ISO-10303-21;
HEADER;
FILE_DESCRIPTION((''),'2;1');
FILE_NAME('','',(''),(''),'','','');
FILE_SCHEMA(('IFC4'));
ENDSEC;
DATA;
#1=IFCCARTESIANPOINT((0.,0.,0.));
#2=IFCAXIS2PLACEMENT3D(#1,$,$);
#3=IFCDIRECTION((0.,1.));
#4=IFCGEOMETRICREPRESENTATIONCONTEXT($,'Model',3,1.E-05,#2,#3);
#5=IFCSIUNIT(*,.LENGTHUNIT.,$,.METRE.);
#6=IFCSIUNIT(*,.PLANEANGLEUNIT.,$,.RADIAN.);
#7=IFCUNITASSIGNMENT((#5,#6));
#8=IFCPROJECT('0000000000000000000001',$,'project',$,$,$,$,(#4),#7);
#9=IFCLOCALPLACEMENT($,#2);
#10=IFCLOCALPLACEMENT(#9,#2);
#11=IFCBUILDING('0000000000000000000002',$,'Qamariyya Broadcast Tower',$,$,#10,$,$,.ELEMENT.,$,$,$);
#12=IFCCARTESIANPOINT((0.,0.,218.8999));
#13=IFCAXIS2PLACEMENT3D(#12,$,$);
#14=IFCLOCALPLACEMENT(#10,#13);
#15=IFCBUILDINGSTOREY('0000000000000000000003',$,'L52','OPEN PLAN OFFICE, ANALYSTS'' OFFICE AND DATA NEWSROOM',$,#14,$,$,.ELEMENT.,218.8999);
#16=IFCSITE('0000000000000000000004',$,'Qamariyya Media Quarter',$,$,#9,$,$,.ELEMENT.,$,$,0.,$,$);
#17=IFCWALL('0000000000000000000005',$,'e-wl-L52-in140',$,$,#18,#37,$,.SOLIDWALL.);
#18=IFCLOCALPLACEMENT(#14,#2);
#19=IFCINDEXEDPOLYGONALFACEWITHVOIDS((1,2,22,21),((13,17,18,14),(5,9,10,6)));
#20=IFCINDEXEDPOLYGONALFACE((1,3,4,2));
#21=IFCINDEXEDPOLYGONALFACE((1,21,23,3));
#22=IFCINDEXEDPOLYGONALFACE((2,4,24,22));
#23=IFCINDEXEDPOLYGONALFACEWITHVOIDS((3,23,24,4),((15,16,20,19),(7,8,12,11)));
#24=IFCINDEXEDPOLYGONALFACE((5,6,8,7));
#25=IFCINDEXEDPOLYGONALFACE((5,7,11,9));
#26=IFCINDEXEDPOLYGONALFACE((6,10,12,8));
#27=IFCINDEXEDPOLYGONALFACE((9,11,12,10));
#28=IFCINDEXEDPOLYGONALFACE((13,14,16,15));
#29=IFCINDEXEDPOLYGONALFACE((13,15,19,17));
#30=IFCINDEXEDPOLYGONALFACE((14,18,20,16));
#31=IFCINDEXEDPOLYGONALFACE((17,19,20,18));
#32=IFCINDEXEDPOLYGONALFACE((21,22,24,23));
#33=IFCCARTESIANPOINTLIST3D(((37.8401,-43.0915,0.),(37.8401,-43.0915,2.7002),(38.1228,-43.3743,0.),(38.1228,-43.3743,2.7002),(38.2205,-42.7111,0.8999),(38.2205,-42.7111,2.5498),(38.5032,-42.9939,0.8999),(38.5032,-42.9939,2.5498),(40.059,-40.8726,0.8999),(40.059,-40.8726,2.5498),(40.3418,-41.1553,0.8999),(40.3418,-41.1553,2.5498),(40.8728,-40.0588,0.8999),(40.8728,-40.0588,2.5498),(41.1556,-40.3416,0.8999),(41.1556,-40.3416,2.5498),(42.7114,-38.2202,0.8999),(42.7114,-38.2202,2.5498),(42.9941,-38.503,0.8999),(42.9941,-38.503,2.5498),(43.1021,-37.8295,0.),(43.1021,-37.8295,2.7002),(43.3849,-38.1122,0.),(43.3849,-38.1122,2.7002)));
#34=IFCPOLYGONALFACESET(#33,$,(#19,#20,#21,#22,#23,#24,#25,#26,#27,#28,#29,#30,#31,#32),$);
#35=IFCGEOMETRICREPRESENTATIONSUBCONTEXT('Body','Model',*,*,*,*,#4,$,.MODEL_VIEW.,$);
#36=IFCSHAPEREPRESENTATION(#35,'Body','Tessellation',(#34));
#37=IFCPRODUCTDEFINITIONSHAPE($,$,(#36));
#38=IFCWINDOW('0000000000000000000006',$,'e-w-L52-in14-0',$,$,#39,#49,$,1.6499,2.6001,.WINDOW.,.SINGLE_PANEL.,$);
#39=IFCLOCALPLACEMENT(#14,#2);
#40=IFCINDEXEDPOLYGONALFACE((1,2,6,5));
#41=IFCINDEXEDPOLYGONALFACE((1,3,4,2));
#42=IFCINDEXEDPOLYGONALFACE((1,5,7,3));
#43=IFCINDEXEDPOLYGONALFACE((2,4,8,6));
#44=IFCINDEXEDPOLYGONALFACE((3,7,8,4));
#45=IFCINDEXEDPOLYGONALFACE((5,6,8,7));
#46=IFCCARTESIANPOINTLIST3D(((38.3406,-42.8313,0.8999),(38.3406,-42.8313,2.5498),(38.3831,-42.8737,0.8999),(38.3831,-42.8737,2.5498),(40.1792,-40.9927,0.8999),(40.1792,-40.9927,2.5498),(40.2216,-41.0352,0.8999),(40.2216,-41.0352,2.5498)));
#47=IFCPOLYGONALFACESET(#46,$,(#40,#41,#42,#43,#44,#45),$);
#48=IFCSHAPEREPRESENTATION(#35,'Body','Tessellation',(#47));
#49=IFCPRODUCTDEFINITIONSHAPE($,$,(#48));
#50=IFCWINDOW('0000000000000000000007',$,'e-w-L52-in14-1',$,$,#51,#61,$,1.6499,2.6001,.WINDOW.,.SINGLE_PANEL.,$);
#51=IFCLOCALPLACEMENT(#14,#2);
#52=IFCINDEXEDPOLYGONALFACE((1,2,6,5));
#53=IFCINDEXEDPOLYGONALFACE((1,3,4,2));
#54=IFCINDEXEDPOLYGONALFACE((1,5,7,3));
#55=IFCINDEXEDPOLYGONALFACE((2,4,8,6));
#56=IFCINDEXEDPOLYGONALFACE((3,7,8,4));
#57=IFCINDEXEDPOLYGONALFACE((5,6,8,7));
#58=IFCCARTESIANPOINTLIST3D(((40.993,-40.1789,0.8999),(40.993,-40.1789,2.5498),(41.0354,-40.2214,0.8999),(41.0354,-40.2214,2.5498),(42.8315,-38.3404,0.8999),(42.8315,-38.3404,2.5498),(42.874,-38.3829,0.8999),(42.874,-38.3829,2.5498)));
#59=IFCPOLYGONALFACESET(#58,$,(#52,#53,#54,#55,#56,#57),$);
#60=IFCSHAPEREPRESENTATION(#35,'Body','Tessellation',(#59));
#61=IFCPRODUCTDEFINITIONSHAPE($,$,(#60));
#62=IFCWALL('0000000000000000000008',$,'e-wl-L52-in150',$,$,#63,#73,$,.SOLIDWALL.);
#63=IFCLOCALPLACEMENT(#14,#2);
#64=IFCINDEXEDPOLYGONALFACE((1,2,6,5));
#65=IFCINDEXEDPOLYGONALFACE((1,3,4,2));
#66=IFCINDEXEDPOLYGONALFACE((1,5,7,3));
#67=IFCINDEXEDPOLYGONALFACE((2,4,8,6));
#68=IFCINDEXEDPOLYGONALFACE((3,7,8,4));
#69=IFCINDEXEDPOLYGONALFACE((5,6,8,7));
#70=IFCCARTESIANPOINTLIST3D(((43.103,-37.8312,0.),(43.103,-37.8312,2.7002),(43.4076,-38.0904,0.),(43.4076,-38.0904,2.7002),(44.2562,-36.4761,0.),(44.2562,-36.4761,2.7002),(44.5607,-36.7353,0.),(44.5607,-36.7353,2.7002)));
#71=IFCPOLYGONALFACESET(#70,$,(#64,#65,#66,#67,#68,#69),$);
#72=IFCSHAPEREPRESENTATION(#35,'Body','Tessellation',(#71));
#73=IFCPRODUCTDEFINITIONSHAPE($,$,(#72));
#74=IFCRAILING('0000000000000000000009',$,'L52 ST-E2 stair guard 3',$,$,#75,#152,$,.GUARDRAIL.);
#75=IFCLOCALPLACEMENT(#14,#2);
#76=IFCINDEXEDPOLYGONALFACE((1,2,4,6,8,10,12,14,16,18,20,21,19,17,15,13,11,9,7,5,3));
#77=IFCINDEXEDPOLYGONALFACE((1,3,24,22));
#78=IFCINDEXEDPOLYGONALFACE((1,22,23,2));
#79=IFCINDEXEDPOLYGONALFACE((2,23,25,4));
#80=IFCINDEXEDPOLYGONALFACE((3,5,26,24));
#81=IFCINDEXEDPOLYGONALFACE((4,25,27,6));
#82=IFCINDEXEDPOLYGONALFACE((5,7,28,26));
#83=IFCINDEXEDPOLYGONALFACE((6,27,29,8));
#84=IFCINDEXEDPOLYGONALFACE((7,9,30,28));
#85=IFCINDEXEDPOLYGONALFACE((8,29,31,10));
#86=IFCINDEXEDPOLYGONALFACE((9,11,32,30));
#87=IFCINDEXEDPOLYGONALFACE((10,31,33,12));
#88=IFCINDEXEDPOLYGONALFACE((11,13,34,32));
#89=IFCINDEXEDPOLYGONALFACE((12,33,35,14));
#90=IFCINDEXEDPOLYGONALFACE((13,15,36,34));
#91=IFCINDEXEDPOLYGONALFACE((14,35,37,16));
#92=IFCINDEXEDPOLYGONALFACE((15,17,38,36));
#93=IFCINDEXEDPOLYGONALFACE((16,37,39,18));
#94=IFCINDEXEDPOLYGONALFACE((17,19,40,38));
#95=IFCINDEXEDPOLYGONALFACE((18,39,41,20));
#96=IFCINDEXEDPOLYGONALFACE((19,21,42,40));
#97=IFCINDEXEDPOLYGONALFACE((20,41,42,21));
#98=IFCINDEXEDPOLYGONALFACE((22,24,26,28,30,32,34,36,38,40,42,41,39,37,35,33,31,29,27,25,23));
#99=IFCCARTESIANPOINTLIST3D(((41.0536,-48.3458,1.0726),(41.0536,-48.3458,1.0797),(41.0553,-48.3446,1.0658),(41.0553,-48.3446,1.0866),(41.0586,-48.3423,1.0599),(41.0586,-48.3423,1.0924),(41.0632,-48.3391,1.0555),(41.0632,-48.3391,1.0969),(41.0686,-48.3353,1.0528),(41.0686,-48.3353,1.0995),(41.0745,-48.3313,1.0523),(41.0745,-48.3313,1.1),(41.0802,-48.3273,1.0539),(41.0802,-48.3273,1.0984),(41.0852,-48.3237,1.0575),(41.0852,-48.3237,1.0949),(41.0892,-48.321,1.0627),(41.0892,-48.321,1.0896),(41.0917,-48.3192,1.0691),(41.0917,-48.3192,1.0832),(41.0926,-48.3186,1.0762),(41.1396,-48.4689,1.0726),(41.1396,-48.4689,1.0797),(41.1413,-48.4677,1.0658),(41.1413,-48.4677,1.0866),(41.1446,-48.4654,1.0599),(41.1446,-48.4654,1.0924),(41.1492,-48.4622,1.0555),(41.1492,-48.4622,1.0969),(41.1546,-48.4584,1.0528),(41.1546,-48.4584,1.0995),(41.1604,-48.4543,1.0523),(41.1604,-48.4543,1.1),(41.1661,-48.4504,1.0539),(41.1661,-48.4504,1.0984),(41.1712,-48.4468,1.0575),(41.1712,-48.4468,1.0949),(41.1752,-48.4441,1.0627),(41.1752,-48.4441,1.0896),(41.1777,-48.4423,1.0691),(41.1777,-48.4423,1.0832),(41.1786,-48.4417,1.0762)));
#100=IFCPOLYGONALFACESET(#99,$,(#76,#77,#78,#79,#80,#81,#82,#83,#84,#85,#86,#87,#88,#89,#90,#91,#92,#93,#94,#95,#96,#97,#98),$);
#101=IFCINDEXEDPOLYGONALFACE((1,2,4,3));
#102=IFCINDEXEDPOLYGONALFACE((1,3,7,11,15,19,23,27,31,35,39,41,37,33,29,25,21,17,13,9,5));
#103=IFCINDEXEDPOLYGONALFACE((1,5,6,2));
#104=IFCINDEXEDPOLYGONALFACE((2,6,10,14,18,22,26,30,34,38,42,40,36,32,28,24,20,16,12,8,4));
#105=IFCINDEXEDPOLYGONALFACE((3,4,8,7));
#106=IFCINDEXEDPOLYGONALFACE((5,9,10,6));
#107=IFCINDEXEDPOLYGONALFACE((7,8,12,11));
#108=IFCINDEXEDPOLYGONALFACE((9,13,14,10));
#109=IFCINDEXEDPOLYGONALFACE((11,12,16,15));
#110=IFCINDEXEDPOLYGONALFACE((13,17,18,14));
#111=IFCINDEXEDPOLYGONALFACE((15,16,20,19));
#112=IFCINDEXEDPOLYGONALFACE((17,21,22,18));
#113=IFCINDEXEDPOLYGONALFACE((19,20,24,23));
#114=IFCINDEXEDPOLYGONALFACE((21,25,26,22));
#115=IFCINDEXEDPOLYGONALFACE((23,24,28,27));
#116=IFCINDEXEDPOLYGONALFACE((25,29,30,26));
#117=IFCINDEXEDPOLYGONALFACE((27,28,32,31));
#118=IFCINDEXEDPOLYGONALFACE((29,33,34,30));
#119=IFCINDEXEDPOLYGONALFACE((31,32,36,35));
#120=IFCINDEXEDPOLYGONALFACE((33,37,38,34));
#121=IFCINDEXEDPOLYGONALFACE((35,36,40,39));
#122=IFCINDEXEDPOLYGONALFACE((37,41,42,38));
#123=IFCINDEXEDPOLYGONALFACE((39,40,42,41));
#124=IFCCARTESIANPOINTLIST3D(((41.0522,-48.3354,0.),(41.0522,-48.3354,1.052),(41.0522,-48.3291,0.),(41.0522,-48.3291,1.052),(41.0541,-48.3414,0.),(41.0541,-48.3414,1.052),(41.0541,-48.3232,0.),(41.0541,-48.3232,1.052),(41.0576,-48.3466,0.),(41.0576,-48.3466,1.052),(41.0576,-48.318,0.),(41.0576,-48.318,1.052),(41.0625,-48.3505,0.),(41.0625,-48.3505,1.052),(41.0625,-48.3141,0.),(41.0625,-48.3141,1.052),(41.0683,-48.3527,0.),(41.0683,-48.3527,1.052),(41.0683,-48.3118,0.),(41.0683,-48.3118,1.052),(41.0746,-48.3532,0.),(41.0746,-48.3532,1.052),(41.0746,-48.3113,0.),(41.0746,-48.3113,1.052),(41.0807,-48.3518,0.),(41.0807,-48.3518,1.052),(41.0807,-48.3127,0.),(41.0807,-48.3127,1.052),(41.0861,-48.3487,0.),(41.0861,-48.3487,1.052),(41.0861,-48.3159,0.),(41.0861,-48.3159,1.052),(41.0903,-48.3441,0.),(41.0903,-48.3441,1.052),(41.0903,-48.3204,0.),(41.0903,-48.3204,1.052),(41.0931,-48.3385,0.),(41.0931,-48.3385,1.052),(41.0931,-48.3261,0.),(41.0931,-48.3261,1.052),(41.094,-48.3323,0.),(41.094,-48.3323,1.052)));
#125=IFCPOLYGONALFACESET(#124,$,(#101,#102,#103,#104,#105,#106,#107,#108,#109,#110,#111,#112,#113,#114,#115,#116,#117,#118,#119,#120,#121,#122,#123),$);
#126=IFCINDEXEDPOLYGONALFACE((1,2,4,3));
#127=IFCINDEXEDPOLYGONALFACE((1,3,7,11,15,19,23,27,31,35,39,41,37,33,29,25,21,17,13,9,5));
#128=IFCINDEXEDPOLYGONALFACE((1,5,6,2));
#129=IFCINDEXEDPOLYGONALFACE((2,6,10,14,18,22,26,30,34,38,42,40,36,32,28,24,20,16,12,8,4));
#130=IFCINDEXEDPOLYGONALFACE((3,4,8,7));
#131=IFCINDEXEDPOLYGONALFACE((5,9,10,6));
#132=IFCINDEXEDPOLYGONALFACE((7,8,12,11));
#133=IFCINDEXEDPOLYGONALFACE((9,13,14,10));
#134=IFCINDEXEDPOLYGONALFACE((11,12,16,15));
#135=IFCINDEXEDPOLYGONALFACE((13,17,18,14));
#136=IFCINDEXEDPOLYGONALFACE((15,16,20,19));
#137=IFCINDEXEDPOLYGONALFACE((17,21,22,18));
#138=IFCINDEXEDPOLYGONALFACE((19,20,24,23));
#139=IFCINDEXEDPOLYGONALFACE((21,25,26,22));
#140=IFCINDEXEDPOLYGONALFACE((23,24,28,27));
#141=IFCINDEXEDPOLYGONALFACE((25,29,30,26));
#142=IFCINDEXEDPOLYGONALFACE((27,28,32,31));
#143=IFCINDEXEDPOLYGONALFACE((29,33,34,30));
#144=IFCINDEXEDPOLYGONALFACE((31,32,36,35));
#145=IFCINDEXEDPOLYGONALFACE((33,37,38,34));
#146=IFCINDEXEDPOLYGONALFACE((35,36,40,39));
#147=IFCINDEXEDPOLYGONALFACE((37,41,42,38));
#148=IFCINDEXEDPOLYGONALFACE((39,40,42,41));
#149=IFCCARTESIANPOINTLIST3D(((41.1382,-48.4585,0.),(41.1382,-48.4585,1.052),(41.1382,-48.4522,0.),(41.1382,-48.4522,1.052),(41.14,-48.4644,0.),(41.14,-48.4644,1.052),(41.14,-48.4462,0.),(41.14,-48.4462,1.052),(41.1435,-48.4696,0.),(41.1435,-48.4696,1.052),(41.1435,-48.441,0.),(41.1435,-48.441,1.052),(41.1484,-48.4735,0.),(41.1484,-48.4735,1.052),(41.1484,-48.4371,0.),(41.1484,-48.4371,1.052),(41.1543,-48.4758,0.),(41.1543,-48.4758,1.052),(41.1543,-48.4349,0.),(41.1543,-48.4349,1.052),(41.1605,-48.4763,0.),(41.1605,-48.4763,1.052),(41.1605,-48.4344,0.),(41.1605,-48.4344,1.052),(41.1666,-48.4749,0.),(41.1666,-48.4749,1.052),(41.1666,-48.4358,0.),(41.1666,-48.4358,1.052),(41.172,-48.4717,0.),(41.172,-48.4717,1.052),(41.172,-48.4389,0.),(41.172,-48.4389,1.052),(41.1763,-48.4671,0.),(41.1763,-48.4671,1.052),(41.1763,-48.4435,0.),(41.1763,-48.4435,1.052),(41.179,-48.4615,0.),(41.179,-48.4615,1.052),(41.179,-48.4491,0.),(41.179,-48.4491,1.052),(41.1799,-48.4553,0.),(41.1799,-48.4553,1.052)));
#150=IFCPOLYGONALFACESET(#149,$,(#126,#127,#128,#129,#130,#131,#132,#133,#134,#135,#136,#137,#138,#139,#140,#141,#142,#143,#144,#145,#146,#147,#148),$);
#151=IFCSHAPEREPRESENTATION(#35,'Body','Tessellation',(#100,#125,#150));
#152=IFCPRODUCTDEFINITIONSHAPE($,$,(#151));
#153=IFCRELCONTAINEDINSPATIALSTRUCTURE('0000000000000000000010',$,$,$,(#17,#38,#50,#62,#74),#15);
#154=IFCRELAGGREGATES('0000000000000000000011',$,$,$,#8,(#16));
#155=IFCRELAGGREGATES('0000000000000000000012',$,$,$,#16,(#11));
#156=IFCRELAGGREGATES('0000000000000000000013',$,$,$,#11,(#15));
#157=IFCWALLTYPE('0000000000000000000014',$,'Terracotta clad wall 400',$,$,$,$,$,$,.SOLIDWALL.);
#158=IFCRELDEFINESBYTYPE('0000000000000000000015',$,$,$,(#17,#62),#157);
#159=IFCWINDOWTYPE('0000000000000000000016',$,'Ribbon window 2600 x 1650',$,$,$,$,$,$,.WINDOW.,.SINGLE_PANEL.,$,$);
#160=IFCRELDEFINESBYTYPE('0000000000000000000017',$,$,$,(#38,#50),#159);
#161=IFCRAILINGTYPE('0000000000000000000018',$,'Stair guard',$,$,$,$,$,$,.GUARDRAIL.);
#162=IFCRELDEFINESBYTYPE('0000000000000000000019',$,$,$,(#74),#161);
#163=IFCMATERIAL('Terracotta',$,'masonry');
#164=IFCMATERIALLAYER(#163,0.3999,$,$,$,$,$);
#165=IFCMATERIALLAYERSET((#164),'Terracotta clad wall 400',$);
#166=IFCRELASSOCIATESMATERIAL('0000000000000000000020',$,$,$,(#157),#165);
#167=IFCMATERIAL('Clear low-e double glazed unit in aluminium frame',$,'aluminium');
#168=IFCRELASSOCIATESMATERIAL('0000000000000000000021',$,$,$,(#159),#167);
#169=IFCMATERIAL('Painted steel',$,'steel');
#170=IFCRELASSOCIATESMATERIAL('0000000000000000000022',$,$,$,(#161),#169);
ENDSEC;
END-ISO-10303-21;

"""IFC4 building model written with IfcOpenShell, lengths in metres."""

from ifc_helpers import new_model, si_unit, direction, frame, frame_2d, origin, origin_2d, place, context, subcontext, project, spatial, rectangle, circle, extrude, material, layer, layer_set, type_object, element, fill, save


model = new_model("IFC4")

# Units and contexts
model_context = context("Model", 3, precision=1e-05, world=origin(), true_north=direction((0.0, 1.0)))
body_context = subcontext(model_context, "Body", "Model", "MODEL_VIEW")
ifc_project = project(units=[si_unit("LENGTHUNIT", "METRE"), si_unit("PLANEANGLEUNIT", "RADIAN")], contexts=[model_context])

# Site, building, storey
site_placement = place(None, origin())
site = spatial("IfcSite", under=ifc_project, at=site_placement, Name="Qamariyya Media Quarter", CompositionType="ELEMENT", RefElevation=0.0)
building_placement = place(site_placement, origin())
building = spatial("IfcBuilding", under=site, at=building_placement, Name="Qamariyya Broadcast Tower", CompositionType="ELEMENT")
storey_placement = place(building_placement, frame((0.0, 0.0, 218.8999)))
storey = spatial("IfcBuildingStorey", under=building, at=storey_placement, Name="L52", Description="OPEN PLAN OFFICE, ANALYSTS' OFFICE AND DATA NEWSROOM", CompositionType="ELEMENT", Elevation=218.8999)

# Shared definitions
ifc_material_1 = material(Name="Terracotta", Category="masonry")
ifc_layer_1 = layer(ifc_material_1, 0.3999)
ifc_layer_set_1 = layer_set([ifc_layer_1], Name="Terracotta clad wall 400")
wall_type_1 = type_object("IfcWallType", Name="Terracotta clad wall 400", PredefinedType="SOLIDWALL", material=ifc_layer_set_1)
ifc_material_2 = material(Name="Clear low-e double glazed unit in aluminium frame", Category="aluminium")

# Wall, openings, windows
wall_1_placement = place(storey_placement, frame((43.2434, -37.9709, 0.0), z_axis=(0.0, 0.0, 1.0), x_axis=(-0.707107, -0.707107, 0.0)))
wall_1 = element("IfcWall", 1, at=wall_1_placement, inside=storey, type_object=wall_type_1, Name="e-wl-L52-in140", PredefinedType="SOLIDWALL", context=body_context, shape_type="SweptSolid", body=[
    extrude(rectangle(XDim=7.4417, YDim=0.3999, at=frame_2d((3.7207, 0.0))), origin(), (0.0, 0.0, 1.0), 2.7002),
])
opening_1_placement = place(wall_1_placement, frame((4.3035, 0.0, 0.8999)))
opening_1 = element("IfcOpeningElement", 2, at=opening_1_placement, cuts=wall_1, PredefinedType="OPENING", context=body_context, shape_type="SweptSolid", body=[
    extrude(rectangle(XDim=2.6001, YDim=1.6499, at=frame_2d((1.3, 0.825))), frame((0.0, 0.21, 0.0), z_axis=(0.0, -1.0, 0.0), x_axis=(1.0, 0.0, 0.0)), (0.0, 0.0, 1.0), 0.4199),
])
opening_2_placement = place(wall_1_placement, frame((0.5525, 0.0, 0.8999)))
opening_2 = element("IfcOpeningElement", 3, at=opening_2_placement, cuts=wall_1, PredefinedType="OPENING", context=body_context, shape_type="SweptSolid", body=[
    extrude(rectangle(XDim=2.6001, YDim=1.6499, at=frame_2d((1.3, 0.825))), frame((0.0, 0.21, 0.0), z_axis=(0.0, -1.0, 0.0), x_axis=(1.0, 0.0, 0.0)), (0.0, 0.0, 1.0), 0.4199),
])
window_type_1 = type_object("IfcWindowType", Name="Ribbon window 2600 x 1650", PartitioningType="SINGLE_PANEL", PredefinedType="WINDOW", material=ifc_material_2)
window_1_placement = place(opening_1_placement, origin())
window_1 = element("IfcWindow", 4, at=window_1_placement, inside=storey, type_object=window_type_1, Name="e-w-L52-in14-0", OverallHeight=1.6499, OverallWidth=2.6001, PartitioningType="SINGLE_PANEL", PredefinedType="WINDOW", context=body_context, shape_type="SweptSolid", body=[
    extrude(rectangle(XDim=2.6001, YDim=1.6499, at=frame_2d((1.3, 0.825))), frame((0.0, 0.03, 0.0), z_axis=(0.0, -1.0, 0.0), x_axis=(1.0, 0.0, 0.0)), (0.0, 0.0, 1.0), 0.0601),
])
fill(opening_1, window_1)
window_2_placement = place(opening_2_placement, origin())
window_2 = element("IfcWindow", 5, at=window_2_placement, inside=storey, type_object=window_type_1, Name="e-w-L52-in14-1", OverallHeight=1.6499, OverallWidth=2.6001, PartitioningType="SINGLE_PANEL", PredefinedType="WINDOW", context=body_context, shape_type="SweptSolid", body=[
    extrude(rectangle(XDim=2.6001, YDim=1.6499, at=frame_2d((1.3, 0.825))), frame((0.0, 0.03, 0.0), z_axis=(0.0, -1.0, 0.0), x_axis=(1.0, 0.0, 0.0)), (0.0, 0.0, 1.0), 0.0601),
])
fill(opening_2, window_2)

# Wall
wall_2_placement = place(storey_placement, frame((44.4084, -36.6057, 0.0), z_axis=(0.0, 0.0, 1.0), x_axis=(-0.648086, -0.761567, 0.0)))
element("IfcWall", 6, at=wall_2_placement, inside=storey, type_object=wall_type_1, Name="e-wl-L52-in150", PredefinedType="SOLIDWALL", context=body_context, shape_type="SweptSolid", body=[
    extrude(rectangle(XDim=1.7793, YDim=0.3999, at=frame_2d((0.8896, 0.0))), origin(), (0.0, 0.0, 1.0), 2.7002),
])

# Railing
ifc_material_3 = material(Name="Painted steel", Category="steel")
railing_type_1 = type_object("IfcRailingType", Name="Stair guard", PredefinedType="GUARDRAIL", material=ifc_material_3)
railing_1_placement = place(storey_placement, frame((41.073, -48.3323, 0.0)))
element("IfcRailing", 7, at=railing_1_placement, inside=storey, type_object=railing_type_1, Name="L52 ST-E2 stair guard 3", PredefinedType="GUARDRAIL", context=body_context, shape_type="SweptSolid", body=[
    extrude(circle(Radius=0.0239, at=origin_2d()), frame((0.0, 0.0, 1.0762), z_axis=(0.572589, -0.819843, 0.0), x_axis=(0.819843, 0.572589, 0.0)), (0.0, 0.0, 1.0), 0.1501),
    extrude(circle(Radius=0.021, at=origin_2d()), origin(), (0.0, 0.0, 1.0), 1.052),
    extrude(circle(Radius=0.021, at=origin_2d()), frame((0.0859, -0.123, 0.0)), (0.0, 0.0, 1.0), 1.052),
])

save(model, "model.ifc")
